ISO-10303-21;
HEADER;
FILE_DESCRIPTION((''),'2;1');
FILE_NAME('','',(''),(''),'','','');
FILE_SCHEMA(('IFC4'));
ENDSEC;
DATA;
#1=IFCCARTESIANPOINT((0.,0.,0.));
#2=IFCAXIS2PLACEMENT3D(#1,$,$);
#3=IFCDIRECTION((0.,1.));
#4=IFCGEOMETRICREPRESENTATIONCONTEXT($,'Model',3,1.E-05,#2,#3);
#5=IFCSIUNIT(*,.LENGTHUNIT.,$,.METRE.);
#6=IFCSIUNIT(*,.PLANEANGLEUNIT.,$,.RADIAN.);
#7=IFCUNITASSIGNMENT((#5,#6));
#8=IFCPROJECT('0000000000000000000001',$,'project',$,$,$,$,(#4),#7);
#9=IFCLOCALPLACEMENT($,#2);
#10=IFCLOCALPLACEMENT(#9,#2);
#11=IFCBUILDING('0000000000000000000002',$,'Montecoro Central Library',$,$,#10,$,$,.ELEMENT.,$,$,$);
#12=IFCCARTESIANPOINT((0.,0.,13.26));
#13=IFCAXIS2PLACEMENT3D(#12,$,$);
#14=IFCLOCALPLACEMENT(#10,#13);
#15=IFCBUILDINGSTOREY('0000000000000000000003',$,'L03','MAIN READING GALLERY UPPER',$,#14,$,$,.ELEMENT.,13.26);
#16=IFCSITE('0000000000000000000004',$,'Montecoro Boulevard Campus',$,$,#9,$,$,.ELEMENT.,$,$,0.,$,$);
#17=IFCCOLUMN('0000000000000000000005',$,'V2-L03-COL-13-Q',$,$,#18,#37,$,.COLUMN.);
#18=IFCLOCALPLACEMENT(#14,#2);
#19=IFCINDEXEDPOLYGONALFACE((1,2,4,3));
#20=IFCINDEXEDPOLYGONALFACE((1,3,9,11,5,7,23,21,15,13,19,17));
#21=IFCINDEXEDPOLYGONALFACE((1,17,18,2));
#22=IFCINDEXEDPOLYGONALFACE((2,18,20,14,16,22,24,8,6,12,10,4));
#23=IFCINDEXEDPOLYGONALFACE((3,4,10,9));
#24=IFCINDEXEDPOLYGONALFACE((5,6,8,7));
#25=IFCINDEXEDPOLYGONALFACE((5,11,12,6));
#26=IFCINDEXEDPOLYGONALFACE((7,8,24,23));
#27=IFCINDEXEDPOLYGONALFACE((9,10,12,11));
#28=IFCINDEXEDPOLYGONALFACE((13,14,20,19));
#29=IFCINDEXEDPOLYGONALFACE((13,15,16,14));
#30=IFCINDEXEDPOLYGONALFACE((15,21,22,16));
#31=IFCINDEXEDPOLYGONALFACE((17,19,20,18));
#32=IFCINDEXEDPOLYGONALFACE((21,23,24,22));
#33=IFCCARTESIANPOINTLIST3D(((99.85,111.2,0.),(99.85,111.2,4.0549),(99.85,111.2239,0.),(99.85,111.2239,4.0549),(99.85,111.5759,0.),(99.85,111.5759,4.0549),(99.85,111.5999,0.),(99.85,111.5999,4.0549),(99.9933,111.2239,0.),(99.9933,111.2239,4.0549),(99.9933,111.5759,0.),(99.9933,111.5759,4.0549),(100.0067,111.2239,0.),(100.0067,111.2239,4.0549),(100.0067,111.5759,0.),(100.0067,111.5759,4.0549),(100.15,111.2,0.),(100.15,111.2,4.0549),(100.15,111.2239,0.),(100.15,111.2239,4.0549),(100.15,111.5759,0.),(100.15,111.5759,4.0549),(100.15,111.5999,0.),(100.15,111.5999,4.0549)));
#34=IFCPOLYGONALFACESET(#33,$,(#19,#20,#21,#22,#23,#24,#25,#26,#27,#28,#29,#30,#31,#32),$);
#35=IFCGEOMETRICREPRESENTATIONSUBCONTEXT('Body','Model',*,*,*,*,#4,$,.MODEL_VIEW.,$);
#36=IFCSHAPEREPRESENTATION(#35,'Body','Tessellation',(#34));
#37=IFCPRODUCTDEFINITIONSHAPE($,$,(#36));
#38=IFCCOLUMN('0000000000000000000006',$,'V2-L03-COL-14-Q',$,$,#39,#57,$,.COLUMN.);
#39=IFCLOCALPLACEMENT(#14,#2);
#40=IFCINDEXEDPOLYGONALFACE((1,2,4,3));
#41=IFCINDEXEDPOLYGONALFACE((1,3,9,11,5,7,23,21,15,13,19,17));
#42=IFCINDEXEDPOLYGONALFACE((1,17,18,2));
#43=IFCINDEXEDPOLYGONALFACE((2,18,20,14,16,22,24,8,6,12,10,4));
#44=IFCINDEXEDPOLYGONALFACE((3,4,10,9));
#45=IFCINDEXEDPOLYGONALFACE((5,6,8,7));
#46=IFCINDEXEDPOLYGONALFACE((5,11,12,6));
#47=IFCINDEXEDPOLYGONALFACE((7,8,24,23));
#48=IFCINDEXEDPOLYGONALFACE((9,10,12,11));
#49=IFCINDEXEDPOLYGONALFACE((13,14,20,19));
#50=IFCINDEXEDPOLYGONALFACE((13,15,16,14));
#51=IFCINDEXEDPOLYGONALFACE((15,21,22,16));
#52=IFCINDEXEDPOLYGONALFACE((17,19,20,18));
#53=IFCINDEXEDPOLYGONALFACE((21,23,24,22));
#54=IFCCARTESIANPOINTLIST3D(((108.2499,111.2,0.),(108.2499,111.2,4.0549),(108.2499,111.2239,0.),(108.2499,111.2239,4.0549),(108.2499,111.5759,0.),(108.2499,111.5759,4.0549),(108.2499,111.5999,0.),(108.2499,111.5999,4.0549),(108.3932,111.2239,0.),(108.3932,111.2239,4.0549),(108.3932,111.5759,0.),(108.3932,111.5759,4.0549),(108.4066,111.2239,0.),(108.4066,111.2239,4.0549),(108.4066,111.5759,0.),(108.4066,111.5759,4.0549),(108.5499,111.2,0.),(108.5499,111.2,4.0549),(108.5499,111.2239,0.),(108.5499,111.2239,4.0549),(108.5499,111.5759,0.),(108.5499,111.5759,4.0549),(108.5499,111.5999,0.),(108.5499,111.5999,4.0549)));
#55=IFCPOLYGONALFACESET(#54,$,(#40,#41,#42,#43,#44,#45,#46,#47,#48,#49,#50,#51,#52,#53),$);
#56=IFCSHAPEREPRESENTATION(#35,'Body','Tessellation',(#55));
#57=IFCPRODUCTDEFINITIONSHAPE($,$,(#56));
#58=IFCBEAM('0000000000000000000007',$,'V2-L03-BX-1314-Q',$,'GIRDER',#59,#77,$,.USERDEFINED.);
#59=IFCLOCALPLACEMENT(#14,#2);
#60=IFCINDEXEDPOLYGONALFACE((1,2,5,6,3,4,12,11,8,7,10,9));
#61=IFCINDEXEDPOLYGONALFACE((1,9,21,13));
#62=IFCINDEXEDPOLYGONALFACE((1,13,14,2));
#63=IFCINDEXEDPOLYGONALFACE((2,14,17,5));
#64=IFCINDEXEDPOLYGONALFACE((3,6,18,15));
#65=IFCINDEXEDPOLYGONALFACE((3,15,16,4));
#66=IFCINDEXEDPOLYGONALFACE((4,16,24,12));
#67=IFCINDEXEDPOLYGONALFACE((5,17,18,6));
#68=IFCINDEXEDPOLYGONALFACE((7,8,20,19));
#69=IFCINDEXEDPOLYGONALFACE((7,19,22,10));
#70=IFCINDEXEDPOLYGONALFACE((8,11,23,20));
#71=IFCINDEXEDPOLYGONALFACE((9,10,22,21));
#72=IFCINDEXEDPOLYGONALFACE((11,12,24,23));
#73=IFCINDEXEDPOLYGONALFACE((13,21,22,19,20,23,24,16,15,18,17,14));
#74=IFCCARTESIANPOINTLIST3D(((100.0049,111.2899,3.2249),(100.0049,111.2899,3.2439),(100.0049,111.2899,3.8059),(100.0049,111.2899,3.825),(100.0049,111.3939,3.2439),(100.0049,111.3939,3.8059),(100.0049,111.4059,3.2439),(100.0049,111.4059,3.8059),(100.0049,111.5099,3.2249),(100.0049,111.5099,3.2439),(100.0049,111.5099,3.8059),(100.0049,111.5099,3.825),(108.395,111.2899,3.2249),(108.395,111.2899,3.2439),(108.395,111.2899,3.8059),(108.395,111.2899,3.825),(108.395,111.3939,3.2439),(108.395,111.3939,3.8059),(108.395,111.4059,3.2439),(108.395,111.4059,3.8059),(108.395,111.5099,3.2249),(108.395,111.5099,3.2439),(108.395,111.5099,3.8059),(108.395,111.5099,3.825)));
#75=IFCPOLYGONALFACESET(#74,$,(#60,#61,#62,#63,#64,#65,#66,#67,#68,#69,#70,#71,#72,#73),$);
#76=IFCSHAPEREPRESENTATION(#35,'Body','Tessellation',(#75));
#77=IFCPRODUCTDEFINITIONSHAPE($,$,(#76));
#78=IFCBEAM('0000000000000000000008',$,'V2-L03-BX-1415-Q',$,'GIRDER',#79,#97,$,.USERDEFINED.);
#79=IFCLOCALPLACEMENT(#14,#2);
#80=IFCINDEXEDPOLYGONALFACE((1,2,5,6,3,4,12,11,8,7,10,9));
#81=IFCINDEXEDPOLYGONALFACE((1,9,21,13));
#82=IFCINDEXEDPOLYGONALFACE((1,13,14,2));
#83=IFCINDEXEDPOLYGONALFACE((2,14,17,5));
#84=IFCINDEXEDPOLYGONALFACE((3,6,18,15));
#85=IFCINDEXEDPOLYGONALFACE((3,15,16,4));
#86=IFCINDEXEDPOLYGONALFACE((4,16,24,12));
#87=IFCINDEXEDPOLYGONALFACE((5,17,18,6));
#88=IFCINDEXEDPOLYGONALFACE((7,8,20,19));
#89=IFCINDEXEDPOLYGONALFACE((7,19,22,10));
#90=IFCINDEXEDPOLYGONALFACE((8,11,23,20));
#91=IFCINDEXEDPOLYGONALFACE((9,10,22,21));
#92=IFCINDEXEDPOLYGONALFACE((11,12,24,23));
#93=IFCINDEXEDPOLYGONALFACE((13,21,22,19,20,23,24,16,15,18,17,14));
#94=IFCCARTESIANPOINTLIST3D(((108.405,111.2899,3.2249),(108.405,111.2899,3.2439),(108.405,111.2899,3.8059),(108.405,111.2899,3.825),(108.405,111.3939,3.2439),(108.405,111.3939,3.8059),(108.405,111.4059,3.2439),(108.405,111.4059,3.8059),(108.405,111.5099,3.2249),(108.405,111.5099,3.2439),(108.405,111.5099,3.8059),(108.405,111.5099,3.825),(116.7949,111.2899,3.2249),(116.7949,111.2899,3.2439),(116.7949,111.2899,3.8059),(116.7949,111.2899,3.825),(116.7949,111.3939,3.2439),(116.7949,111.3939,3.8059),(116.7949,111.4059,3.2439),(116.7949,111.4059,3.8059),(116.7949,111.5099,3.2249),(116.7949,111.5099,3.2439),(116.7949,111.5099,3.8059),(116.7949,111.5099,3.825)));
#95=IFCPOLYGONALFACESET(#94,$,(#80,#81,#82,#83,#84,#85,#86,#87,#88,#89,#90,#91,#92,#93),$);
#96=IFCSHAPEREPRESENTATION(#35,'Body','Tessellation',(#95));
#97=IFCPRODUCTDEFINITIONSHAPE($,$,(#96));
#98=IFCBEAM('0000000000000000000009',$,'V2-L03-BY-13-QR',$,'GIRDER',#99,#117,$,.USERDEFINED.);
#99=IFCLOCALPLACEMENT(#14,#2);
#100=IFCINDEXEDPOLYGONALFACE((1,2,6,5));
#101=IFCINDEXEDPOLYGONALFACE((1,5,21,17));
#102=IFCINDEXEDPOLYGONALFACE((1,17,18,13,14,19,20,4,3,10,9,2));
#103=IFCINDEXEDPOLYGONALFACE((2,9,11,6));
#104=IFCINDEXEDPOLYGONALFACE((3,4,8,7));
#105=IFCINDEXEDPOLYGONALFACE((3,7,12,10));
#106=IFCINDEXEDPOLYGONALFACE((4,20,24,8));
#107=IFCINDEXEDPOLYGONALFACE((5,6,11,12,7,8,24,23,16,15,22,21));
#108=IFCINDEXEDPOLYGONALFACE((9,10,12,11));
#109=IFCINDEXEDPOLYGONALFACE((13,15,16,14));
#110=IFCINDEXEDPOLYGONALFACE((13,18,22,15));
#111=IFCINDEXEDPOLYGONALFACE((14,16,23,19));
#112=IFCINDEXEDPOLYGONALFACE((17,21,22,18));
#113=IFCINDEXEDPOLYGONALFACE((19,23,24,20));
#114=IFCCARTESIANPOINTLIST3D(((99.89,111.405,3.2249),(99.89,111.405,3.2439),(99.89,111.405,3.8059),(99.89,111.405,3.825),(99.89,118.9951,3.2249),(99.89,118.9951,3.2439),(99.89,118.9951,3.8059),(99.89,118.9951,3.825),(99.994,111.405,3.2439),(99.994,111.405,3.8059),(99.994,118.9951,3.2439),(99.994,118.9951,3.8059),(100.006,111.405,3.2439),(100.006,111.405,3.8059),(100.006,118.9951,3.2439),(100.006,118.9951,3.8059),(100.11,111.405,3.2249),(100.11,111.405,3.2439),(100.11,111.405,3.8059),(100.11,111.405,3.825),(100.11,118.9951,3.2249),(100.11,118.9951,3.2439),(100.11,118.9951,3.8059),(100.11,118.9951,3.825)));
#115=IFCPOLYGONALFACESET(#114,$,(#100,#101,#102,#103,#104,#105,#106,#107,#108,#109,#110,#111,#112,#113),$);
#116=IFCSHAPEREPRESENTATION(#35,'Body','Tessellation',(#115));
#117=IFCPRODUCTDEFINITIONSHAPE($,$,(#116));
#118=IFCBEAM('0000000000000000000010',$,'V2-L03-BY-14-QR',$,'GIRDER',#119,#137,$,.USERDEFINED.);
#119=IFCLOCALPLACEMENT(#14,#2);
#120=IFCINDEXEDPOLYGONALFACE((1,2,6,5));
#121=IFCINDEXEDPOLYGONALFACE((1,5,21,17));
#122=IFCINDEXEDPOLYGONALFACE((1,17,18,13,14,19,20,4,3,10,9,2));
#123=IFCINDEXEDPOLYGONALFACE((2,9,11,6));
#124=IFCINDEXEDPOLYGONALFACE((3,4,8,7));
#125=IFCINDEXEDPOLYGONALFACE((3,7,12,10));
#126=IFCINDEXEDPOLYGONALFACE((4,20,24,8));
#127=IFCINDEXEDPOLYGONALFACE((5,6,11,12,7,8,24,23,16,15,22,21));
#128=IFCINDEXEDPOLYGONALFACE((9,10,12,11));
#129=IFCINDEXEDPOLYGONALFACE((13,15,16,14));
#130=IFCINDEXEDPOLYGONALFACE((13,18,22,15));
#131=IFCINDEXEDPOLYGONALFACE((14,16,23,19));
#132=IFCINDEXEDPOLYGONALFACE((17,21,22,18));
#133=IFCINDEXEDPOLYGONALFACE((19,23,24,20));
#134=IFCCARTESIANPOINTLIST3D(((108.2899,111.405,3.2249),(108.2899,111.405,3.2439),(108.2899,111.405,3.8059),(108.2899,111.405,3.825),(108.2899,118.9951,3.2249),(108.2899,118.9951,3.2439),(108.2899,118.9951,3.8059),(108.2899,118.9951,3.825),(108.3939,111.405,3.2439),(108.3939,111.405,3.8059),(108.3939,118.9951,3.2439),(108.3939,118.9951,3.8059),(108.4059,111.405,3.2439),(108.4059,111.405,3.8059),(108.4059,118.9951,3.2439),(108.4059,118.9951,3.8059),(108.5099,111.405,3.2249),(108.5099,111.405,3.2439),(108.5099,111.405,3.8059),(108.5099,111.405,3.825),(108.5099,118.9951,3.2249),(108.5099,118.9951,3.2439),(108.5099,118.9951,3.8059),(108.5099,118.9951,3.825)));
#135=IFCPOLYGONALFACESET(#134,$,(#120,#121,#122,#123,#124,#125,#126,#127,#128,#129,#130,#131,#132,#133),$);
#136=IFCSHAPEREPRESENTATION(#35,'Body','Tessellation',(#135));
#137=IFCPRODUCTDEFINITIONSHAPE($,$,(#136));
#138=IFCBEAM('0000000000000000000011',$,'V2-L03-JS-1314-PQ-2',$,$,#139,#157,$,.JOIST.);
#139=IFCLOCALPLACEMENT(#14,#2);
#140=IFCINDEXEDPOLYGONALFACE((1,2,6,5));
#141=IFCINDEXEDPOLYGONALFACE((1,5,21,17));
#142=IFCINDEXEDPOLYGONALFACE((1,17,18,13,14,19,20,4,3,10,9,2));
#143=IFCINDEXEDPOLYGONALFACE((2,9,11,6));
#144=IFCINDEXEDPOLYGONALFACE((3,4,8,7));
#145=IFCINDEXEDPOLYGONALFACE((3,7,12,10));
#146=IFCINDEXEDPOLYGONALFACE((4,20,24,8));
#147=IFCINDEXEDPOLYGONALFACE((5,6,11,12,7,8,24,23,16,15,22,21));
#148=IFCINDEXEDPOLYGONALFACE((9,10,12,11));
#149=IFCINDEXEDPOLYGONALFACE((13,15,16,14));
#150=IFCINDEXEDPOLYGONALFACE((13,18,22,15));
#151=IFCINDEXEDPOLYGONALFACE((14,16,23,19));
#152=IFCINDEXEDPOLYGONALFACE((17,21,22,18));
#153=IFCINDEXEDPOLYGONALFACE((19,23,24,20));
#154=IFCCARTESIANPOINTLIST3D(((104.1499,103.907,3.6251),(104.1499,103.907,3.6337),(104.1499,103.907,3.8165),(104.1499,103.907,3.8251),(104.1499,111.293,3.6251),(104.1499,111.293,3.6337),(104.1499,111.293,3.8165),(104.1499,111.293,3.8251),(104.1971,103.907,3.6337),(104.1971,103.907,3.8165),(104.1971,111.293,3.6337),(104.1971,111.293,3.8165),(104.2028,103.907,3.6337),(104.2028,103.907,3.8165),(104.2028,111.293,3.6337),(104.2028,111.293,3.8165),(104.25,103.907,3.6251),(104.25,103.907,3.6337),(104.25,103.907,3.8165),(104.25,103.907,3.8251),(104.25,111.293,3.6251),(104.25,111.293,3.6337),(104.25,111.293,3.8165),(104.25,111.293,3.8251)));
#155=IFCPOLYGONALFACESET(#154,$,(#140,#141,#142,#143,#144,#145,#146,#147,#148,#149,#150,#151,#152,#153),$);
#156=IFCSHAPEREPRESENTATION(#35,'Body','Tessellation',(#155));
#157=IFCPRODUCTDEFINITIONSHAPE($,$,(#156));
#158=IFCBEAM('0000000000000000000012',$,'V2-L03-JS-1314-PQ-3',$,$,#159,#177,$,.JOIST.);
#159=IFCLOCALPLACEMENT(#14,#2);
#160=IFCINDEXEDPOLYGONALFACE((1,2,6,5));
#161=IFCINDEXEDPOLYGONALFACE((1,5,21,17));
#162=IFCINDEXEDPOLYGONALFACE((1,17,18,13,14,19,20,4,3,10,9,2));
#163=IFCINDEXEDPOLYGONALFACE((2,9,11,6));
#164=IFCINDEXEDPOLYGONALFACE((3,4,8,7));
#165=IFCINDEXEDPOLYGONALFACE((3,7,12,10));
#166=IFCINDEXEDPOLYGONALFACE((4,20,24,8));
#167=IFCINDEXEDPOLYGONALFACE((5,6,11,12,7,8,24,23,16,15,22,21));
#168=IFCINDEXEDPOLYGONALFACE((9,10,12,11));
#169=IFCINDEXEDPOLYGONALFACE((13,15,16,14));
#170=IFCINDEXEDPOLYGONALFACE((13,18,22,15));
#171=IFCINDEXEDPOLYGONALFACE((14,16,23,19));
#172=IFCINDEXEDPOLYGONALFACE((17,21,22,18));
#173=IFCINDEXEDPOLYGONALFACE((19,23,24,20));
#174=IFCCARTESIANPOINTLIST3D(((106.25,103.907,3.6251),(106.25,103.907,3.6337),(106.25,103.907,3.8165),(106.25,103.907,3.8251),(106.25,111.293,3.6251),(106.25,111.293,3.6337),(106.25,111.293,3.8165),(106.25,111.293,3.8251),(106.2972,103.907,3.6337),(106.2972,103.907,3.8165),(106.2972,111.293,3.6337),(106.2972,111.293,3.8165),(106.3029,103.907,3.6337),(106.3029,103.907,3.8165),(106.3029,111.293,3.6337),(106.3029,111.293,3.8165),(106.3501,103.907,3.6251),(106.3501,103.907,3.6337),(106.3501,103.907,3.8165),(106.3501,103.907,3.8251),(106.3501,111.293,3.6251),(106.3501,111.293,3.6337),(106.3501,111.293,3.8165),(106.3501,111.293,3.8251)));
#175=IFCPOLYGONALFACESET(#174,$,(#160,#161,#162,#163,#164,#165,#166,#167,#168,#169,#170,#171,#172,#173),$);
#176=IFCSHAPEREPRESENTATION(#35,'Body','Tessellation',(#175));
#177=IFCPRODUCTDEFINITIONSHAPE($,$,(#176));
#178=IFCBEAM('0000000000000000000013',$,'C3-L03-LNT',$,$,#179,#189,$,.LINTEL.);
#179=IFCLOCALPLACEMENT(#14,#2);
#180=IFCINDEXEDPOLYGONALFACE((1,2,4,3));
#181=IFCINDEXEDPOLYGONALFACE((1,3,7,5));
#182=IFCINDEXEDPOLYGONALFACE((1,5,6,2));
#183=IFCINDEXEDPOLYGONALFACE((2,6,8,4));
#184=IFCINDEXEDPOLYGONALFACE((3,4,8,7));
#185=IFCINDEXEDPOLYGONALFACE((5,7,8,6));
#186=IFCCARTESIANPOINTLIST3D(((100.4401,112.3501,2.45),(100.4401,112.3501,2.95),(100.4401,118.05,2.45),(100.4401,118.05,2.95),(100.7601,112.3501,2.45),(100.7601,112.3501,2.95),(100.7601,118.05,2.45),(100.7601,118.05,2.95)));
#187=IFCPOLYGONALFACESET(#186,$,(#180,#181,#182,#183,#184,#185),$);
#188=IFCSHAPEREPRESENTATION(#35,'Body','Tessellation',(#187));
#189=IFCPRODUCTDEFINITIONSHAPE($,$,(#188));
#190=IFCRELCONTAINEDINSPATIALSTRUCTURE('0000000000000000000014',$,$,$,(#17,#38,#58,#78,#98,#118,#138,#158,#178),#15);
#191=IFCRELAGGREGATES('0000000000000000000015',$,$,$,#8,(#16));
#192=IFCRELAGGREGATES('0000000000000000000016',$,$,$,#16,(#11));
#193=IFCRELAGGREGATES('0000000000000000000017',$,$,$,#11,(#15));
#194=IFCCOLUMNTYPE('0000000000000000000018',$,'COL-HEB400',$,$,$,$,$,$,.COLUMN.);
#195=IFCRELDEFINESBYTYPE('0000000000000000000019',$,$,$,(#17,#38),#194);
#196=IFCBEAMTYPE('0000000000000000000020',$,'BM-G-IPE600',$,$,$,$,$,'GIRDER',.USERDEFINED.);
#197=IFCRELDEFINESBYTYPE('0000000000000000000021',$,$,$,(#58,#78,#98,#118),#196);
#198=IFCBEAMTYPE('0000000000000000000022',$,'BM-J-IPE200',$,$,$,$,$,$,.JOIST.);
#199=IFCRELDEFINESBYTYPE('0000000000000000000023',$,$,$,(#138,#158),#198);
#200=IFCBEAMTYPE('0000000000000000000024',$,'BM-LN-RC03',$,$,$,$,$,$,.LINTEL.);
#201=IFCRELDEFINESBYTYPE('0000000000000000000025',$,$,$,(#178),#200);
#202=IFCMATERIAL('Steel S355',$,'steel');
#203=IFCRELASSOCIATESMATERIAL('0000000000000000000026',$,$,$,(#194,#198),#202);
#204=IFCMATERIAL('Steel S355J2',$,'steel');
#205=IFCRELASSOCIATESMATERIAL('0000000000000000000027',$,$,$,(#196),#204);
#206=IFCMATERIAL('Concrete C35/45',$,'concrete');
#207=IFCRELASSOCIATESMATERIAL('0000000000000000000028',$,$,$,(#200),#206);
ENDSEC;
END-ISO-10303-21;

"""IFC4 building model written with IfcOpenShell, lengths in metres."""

from ifc_helpers import new_model, si_unit, direction, frame, origin, origin_2d, place, context, subcontext, project, spatial, rectangle, i_section, extrude, material, material_profile, profile_set, type_object, element, save


model = new_model("IFC4")

# Units and contexts
model_context = context("Model", 3, precision=1e-05, world=origin(), true_north=direction((0.0, 1.0)))
body_context = subcontext(model_context, "Body", "Model", "MODEL_VIEW")
ifc_project = project(units=[si_unit("LENGTHUNIT", "METRE"), si_unit("PLANEANGLEUNIT", "RADIAN")], contexts=[model_context])

# Site, building, storey
site_placement = place(None, origin())
site = spatial("IfcSite", under=ifc_project, at=site_placement, Name="Montecoro Boulevard Campus", CompositionType="ELEMENT", RefElevation=0.0)
building_placement = place(site_placement, origin())
building = spatial("IfcBuilding", under=site, at=building_placement, Name="Montecoro Central Library", CompositionType="ELEMENT")
storey_placement = place(building_placement, frame((0.0, 0.0, 13.26)))
storey = spatial("IfcBuildingStorey", under=building, at=storey_placement, Name="L03", Description="MAIN READING GALLERY UPPER", CompositionType="ELEMENT", Elevation=13.26)

# Columns
ifc_material_1 = material(Name="Steel S355", Category="steel")
ifc_material_profile_1 = material_profile(ifc_material_1, i_section(OverallWidth=0.3, OverallDepth=0.3999, WebThickness=0.0134, FlangeThickness=0.0239, at=origin_2d()), Name="HEB 400")
ifc_profile_set_1 = profile_set([ifc_material_profile_1], Name="Steel S355")
column_type = type_object("IfcColumnType", Name="COL-HEB400", PredefinedType="COLUMN", material=ifc_profile_set_1)
for number, where, z_axis, x_axis, name in (
    (1, (100.0, 111.3999, 0.0), (0.0, 0.0, 1.0), (1.0, 0.0, 0.0), "V2-L03-COL-13-Q"),
    (2, (108.3999, 111.3999, 0.0), (0.0, 0.0, 1.0), (1.0, 0.0, 0.0), "V2-L03-COL-14-Q"),
):
    element("IfcColumn", number, at=place(storey_placement, frame(where, z_axis=z_axis, x_axis=x_axis)), inside=storey, type_object=column_type, Name=name, PredefinedType="COLUMN", context=body_context, shape_type="SweptSolid", body=[
        extrude(i_section(OverallWidth=0.3, OverallDepth=0.3999, WebThickness=0.0134, FlangeThickness=0.0239, at=origin_2d()), origin(), (0.0, 0.0, 1.0), 4.0549),
    ])

# Beams
ifc_material_2 = material(Name="Steel S355J2", Category="steel")
ifc_material_profile_2 = material_profile(ifc_material_2, i_section(OverallWidth=0.22, OverallDepth=0.6001, WebThickness=0.012, FlangeThickness=0.019, at=origin_2d()), Name="IPE 600")
ifc_profile_set_2 = profile_set([ifc_material_profile_2], Name="Steel S355J2")
beam_type_1 = type_object("IfcBeamType", Name="BM-G-IPE600", ElementType="GIRDER", PredefinedType="USERDEFINED", material=ifc_profile_set_2)
beam_1_placement = place(storey_placement, frame((100.0049, 111.3999, 3.5249), z_axis=(1.0, 0.0, 0.0), x_axis=(0.0, 1.0, 0.0)))
element("IfcBeam", 3, at=beam_1_placement, inside=storey, type_object=beam_type_1, Name="V2-L03-BX-1314-Q", ObjectType="GIRDER", PredefinedType="USERDEFINED", context=body_context, shape_type="SweptSolid", body=[
    extrude(i_section(OverallWidth=0.22, OverallDepth=0.6001, WebThickness=0.012, FlangeThickness=0.019, at=origin_2d()), origin(), (0.0, 0.0, 1.0), 8.3901),
])
beam_2_placement = place(storey_placement, frame((108.405, 111.3999, 3.5249), z_axis=(1.0, 0.0, 0.0), x_axis=(0.0, 1.0, 0.0)))
element("IfcBeam", 4, at=beam_2_placement, inside=storey, type_object=beam_type_1, Name="V2-L03-BX-1415-Q", ObjectType="GIRDER", PredefinedType="USERDEFINED", context=body_context, shape_type="SweptSolid", body=[
    extrude(i_section(OverallWidth=0.22, OverallDepth=0.6001, WebThickness=0.012, FlangeThickness=0.019, at=origin_2d()), origin(), (0.0, 0.0, 1.0), 8.3899),
])
for number, where, z_axis, x_axis, name in (
    (5, (100.0, 111.405, 3.5249), (0.0, 1.0, 0.0), (-1.0, 0.0, 0.0), "V2-L03-BY-13-QR"),
    (6, (108.3999, 111.405, 3.5249), (0.0, 1.0, 0.0), (-1.0, 0.0, 0.0), "V2-L03-BY-14-QR"),
):
    element("IfcBeam", number, at=place(storey_placement, frame(where, z_axis=z_axis, x_axis=x_axis)), inside=storey, type_object=beam_type_1, Name=name, ObjectType="GIRDER", PredefinedType="USERDEFINED", context=body_context, shape_type="SweptSolid", body=[
        extrude(i_section(OverallWidth=0.22, OverallDepth=0.6001, WebThickness=0.012, FlangeThickness=0.019, at=origin_2d()), origin(), (0.0, 0.0, 1.0), 7.5901),
    ])
ifc_material_profile_3 = material_profile(ifc_material_1, i_section(OverallWidth=0.1001, OverallDepth=0.2, WebThickness=0.0056, FlangeThickness=0.0085, at=origin_2d()), Name="IPE 200")
ifc_profile_set_3 = profile_set([ifc_material_profile_3], Name="Steel S355")
beam_type_2 = type_object("IfcBeamType", Name="BM-J-IPE200", PredefinedType="JOIST", material=ifc_profile_set_3)
for number, where, z_axis, x_axis, name in (
    (7, (104.2, 103.907, 3.7251), (0.0, 1.0, 0.0), (-1.0, 0.0, 0.0), "V2-L03-JS-1314-PQ-2"),
    (8, (106.3, 103.907, 3.7251), (0.0, 1.0, 0.0), (-1.0, 0.0, 0.0), "V2-L03-JS-1314-PQ-3"),
):
    element("IfcBeam", number, at=place(storey_placement, frame(where, z_axis=z_axis, x_axis=x_axis)), inside=storey, type_object=beam_type_2, Name=name, PredefinedType="JOIST", context=body_context, shape_type="SweptSolid", body=[
        extrude(i_section(OverallWidth=0.1001, OverallDepth=0.2, WebThickness=0.0056, FlangeThickness=0.0085, at=origin_2d()), origin(), (0.0, 0.0, 1.0), 7.386),
    ])
ifc_material_3 = material(Name="Concrete C35/45", Category="concrete")
ifc_material_profile_4 = material_profile(ifc_material_3, rectangle(XDim=0.3201, YDim=0.5, at=origin_2d()), Name="RC LNT 500x320")
ifc_profile_set_4 = profile_set([ifc_material_profile_4], Name="Concrete C35/45")
beam_type_3 = type_object("IfcBeamType", Name="BM-LN-RC03", PredefinedType="LINTEL", material=ifc_profile_set_4)
beam_3_placement = place(storey_placement, frame((100.6001, 112.3501, 2.7), z_axis=(0.0, 1.0, 0.0), x_axis=(-1.0, 0.0, 0.0)))
element("IfcBeam", 9, at=beam_3_placement, inside=storey, type_object=beam_type_3, Name="C3-L03-LNT", PredefinedType="LINTEL", context=body_context, shape_type="SweptSolid", body=[
    extrude(rectangle(XDim=0.3201, YDim=0.5, at=origin_2d()), origin(), (0.0, 0.0, 1.0), 5.7),
])

save(model, "model.ifc")
